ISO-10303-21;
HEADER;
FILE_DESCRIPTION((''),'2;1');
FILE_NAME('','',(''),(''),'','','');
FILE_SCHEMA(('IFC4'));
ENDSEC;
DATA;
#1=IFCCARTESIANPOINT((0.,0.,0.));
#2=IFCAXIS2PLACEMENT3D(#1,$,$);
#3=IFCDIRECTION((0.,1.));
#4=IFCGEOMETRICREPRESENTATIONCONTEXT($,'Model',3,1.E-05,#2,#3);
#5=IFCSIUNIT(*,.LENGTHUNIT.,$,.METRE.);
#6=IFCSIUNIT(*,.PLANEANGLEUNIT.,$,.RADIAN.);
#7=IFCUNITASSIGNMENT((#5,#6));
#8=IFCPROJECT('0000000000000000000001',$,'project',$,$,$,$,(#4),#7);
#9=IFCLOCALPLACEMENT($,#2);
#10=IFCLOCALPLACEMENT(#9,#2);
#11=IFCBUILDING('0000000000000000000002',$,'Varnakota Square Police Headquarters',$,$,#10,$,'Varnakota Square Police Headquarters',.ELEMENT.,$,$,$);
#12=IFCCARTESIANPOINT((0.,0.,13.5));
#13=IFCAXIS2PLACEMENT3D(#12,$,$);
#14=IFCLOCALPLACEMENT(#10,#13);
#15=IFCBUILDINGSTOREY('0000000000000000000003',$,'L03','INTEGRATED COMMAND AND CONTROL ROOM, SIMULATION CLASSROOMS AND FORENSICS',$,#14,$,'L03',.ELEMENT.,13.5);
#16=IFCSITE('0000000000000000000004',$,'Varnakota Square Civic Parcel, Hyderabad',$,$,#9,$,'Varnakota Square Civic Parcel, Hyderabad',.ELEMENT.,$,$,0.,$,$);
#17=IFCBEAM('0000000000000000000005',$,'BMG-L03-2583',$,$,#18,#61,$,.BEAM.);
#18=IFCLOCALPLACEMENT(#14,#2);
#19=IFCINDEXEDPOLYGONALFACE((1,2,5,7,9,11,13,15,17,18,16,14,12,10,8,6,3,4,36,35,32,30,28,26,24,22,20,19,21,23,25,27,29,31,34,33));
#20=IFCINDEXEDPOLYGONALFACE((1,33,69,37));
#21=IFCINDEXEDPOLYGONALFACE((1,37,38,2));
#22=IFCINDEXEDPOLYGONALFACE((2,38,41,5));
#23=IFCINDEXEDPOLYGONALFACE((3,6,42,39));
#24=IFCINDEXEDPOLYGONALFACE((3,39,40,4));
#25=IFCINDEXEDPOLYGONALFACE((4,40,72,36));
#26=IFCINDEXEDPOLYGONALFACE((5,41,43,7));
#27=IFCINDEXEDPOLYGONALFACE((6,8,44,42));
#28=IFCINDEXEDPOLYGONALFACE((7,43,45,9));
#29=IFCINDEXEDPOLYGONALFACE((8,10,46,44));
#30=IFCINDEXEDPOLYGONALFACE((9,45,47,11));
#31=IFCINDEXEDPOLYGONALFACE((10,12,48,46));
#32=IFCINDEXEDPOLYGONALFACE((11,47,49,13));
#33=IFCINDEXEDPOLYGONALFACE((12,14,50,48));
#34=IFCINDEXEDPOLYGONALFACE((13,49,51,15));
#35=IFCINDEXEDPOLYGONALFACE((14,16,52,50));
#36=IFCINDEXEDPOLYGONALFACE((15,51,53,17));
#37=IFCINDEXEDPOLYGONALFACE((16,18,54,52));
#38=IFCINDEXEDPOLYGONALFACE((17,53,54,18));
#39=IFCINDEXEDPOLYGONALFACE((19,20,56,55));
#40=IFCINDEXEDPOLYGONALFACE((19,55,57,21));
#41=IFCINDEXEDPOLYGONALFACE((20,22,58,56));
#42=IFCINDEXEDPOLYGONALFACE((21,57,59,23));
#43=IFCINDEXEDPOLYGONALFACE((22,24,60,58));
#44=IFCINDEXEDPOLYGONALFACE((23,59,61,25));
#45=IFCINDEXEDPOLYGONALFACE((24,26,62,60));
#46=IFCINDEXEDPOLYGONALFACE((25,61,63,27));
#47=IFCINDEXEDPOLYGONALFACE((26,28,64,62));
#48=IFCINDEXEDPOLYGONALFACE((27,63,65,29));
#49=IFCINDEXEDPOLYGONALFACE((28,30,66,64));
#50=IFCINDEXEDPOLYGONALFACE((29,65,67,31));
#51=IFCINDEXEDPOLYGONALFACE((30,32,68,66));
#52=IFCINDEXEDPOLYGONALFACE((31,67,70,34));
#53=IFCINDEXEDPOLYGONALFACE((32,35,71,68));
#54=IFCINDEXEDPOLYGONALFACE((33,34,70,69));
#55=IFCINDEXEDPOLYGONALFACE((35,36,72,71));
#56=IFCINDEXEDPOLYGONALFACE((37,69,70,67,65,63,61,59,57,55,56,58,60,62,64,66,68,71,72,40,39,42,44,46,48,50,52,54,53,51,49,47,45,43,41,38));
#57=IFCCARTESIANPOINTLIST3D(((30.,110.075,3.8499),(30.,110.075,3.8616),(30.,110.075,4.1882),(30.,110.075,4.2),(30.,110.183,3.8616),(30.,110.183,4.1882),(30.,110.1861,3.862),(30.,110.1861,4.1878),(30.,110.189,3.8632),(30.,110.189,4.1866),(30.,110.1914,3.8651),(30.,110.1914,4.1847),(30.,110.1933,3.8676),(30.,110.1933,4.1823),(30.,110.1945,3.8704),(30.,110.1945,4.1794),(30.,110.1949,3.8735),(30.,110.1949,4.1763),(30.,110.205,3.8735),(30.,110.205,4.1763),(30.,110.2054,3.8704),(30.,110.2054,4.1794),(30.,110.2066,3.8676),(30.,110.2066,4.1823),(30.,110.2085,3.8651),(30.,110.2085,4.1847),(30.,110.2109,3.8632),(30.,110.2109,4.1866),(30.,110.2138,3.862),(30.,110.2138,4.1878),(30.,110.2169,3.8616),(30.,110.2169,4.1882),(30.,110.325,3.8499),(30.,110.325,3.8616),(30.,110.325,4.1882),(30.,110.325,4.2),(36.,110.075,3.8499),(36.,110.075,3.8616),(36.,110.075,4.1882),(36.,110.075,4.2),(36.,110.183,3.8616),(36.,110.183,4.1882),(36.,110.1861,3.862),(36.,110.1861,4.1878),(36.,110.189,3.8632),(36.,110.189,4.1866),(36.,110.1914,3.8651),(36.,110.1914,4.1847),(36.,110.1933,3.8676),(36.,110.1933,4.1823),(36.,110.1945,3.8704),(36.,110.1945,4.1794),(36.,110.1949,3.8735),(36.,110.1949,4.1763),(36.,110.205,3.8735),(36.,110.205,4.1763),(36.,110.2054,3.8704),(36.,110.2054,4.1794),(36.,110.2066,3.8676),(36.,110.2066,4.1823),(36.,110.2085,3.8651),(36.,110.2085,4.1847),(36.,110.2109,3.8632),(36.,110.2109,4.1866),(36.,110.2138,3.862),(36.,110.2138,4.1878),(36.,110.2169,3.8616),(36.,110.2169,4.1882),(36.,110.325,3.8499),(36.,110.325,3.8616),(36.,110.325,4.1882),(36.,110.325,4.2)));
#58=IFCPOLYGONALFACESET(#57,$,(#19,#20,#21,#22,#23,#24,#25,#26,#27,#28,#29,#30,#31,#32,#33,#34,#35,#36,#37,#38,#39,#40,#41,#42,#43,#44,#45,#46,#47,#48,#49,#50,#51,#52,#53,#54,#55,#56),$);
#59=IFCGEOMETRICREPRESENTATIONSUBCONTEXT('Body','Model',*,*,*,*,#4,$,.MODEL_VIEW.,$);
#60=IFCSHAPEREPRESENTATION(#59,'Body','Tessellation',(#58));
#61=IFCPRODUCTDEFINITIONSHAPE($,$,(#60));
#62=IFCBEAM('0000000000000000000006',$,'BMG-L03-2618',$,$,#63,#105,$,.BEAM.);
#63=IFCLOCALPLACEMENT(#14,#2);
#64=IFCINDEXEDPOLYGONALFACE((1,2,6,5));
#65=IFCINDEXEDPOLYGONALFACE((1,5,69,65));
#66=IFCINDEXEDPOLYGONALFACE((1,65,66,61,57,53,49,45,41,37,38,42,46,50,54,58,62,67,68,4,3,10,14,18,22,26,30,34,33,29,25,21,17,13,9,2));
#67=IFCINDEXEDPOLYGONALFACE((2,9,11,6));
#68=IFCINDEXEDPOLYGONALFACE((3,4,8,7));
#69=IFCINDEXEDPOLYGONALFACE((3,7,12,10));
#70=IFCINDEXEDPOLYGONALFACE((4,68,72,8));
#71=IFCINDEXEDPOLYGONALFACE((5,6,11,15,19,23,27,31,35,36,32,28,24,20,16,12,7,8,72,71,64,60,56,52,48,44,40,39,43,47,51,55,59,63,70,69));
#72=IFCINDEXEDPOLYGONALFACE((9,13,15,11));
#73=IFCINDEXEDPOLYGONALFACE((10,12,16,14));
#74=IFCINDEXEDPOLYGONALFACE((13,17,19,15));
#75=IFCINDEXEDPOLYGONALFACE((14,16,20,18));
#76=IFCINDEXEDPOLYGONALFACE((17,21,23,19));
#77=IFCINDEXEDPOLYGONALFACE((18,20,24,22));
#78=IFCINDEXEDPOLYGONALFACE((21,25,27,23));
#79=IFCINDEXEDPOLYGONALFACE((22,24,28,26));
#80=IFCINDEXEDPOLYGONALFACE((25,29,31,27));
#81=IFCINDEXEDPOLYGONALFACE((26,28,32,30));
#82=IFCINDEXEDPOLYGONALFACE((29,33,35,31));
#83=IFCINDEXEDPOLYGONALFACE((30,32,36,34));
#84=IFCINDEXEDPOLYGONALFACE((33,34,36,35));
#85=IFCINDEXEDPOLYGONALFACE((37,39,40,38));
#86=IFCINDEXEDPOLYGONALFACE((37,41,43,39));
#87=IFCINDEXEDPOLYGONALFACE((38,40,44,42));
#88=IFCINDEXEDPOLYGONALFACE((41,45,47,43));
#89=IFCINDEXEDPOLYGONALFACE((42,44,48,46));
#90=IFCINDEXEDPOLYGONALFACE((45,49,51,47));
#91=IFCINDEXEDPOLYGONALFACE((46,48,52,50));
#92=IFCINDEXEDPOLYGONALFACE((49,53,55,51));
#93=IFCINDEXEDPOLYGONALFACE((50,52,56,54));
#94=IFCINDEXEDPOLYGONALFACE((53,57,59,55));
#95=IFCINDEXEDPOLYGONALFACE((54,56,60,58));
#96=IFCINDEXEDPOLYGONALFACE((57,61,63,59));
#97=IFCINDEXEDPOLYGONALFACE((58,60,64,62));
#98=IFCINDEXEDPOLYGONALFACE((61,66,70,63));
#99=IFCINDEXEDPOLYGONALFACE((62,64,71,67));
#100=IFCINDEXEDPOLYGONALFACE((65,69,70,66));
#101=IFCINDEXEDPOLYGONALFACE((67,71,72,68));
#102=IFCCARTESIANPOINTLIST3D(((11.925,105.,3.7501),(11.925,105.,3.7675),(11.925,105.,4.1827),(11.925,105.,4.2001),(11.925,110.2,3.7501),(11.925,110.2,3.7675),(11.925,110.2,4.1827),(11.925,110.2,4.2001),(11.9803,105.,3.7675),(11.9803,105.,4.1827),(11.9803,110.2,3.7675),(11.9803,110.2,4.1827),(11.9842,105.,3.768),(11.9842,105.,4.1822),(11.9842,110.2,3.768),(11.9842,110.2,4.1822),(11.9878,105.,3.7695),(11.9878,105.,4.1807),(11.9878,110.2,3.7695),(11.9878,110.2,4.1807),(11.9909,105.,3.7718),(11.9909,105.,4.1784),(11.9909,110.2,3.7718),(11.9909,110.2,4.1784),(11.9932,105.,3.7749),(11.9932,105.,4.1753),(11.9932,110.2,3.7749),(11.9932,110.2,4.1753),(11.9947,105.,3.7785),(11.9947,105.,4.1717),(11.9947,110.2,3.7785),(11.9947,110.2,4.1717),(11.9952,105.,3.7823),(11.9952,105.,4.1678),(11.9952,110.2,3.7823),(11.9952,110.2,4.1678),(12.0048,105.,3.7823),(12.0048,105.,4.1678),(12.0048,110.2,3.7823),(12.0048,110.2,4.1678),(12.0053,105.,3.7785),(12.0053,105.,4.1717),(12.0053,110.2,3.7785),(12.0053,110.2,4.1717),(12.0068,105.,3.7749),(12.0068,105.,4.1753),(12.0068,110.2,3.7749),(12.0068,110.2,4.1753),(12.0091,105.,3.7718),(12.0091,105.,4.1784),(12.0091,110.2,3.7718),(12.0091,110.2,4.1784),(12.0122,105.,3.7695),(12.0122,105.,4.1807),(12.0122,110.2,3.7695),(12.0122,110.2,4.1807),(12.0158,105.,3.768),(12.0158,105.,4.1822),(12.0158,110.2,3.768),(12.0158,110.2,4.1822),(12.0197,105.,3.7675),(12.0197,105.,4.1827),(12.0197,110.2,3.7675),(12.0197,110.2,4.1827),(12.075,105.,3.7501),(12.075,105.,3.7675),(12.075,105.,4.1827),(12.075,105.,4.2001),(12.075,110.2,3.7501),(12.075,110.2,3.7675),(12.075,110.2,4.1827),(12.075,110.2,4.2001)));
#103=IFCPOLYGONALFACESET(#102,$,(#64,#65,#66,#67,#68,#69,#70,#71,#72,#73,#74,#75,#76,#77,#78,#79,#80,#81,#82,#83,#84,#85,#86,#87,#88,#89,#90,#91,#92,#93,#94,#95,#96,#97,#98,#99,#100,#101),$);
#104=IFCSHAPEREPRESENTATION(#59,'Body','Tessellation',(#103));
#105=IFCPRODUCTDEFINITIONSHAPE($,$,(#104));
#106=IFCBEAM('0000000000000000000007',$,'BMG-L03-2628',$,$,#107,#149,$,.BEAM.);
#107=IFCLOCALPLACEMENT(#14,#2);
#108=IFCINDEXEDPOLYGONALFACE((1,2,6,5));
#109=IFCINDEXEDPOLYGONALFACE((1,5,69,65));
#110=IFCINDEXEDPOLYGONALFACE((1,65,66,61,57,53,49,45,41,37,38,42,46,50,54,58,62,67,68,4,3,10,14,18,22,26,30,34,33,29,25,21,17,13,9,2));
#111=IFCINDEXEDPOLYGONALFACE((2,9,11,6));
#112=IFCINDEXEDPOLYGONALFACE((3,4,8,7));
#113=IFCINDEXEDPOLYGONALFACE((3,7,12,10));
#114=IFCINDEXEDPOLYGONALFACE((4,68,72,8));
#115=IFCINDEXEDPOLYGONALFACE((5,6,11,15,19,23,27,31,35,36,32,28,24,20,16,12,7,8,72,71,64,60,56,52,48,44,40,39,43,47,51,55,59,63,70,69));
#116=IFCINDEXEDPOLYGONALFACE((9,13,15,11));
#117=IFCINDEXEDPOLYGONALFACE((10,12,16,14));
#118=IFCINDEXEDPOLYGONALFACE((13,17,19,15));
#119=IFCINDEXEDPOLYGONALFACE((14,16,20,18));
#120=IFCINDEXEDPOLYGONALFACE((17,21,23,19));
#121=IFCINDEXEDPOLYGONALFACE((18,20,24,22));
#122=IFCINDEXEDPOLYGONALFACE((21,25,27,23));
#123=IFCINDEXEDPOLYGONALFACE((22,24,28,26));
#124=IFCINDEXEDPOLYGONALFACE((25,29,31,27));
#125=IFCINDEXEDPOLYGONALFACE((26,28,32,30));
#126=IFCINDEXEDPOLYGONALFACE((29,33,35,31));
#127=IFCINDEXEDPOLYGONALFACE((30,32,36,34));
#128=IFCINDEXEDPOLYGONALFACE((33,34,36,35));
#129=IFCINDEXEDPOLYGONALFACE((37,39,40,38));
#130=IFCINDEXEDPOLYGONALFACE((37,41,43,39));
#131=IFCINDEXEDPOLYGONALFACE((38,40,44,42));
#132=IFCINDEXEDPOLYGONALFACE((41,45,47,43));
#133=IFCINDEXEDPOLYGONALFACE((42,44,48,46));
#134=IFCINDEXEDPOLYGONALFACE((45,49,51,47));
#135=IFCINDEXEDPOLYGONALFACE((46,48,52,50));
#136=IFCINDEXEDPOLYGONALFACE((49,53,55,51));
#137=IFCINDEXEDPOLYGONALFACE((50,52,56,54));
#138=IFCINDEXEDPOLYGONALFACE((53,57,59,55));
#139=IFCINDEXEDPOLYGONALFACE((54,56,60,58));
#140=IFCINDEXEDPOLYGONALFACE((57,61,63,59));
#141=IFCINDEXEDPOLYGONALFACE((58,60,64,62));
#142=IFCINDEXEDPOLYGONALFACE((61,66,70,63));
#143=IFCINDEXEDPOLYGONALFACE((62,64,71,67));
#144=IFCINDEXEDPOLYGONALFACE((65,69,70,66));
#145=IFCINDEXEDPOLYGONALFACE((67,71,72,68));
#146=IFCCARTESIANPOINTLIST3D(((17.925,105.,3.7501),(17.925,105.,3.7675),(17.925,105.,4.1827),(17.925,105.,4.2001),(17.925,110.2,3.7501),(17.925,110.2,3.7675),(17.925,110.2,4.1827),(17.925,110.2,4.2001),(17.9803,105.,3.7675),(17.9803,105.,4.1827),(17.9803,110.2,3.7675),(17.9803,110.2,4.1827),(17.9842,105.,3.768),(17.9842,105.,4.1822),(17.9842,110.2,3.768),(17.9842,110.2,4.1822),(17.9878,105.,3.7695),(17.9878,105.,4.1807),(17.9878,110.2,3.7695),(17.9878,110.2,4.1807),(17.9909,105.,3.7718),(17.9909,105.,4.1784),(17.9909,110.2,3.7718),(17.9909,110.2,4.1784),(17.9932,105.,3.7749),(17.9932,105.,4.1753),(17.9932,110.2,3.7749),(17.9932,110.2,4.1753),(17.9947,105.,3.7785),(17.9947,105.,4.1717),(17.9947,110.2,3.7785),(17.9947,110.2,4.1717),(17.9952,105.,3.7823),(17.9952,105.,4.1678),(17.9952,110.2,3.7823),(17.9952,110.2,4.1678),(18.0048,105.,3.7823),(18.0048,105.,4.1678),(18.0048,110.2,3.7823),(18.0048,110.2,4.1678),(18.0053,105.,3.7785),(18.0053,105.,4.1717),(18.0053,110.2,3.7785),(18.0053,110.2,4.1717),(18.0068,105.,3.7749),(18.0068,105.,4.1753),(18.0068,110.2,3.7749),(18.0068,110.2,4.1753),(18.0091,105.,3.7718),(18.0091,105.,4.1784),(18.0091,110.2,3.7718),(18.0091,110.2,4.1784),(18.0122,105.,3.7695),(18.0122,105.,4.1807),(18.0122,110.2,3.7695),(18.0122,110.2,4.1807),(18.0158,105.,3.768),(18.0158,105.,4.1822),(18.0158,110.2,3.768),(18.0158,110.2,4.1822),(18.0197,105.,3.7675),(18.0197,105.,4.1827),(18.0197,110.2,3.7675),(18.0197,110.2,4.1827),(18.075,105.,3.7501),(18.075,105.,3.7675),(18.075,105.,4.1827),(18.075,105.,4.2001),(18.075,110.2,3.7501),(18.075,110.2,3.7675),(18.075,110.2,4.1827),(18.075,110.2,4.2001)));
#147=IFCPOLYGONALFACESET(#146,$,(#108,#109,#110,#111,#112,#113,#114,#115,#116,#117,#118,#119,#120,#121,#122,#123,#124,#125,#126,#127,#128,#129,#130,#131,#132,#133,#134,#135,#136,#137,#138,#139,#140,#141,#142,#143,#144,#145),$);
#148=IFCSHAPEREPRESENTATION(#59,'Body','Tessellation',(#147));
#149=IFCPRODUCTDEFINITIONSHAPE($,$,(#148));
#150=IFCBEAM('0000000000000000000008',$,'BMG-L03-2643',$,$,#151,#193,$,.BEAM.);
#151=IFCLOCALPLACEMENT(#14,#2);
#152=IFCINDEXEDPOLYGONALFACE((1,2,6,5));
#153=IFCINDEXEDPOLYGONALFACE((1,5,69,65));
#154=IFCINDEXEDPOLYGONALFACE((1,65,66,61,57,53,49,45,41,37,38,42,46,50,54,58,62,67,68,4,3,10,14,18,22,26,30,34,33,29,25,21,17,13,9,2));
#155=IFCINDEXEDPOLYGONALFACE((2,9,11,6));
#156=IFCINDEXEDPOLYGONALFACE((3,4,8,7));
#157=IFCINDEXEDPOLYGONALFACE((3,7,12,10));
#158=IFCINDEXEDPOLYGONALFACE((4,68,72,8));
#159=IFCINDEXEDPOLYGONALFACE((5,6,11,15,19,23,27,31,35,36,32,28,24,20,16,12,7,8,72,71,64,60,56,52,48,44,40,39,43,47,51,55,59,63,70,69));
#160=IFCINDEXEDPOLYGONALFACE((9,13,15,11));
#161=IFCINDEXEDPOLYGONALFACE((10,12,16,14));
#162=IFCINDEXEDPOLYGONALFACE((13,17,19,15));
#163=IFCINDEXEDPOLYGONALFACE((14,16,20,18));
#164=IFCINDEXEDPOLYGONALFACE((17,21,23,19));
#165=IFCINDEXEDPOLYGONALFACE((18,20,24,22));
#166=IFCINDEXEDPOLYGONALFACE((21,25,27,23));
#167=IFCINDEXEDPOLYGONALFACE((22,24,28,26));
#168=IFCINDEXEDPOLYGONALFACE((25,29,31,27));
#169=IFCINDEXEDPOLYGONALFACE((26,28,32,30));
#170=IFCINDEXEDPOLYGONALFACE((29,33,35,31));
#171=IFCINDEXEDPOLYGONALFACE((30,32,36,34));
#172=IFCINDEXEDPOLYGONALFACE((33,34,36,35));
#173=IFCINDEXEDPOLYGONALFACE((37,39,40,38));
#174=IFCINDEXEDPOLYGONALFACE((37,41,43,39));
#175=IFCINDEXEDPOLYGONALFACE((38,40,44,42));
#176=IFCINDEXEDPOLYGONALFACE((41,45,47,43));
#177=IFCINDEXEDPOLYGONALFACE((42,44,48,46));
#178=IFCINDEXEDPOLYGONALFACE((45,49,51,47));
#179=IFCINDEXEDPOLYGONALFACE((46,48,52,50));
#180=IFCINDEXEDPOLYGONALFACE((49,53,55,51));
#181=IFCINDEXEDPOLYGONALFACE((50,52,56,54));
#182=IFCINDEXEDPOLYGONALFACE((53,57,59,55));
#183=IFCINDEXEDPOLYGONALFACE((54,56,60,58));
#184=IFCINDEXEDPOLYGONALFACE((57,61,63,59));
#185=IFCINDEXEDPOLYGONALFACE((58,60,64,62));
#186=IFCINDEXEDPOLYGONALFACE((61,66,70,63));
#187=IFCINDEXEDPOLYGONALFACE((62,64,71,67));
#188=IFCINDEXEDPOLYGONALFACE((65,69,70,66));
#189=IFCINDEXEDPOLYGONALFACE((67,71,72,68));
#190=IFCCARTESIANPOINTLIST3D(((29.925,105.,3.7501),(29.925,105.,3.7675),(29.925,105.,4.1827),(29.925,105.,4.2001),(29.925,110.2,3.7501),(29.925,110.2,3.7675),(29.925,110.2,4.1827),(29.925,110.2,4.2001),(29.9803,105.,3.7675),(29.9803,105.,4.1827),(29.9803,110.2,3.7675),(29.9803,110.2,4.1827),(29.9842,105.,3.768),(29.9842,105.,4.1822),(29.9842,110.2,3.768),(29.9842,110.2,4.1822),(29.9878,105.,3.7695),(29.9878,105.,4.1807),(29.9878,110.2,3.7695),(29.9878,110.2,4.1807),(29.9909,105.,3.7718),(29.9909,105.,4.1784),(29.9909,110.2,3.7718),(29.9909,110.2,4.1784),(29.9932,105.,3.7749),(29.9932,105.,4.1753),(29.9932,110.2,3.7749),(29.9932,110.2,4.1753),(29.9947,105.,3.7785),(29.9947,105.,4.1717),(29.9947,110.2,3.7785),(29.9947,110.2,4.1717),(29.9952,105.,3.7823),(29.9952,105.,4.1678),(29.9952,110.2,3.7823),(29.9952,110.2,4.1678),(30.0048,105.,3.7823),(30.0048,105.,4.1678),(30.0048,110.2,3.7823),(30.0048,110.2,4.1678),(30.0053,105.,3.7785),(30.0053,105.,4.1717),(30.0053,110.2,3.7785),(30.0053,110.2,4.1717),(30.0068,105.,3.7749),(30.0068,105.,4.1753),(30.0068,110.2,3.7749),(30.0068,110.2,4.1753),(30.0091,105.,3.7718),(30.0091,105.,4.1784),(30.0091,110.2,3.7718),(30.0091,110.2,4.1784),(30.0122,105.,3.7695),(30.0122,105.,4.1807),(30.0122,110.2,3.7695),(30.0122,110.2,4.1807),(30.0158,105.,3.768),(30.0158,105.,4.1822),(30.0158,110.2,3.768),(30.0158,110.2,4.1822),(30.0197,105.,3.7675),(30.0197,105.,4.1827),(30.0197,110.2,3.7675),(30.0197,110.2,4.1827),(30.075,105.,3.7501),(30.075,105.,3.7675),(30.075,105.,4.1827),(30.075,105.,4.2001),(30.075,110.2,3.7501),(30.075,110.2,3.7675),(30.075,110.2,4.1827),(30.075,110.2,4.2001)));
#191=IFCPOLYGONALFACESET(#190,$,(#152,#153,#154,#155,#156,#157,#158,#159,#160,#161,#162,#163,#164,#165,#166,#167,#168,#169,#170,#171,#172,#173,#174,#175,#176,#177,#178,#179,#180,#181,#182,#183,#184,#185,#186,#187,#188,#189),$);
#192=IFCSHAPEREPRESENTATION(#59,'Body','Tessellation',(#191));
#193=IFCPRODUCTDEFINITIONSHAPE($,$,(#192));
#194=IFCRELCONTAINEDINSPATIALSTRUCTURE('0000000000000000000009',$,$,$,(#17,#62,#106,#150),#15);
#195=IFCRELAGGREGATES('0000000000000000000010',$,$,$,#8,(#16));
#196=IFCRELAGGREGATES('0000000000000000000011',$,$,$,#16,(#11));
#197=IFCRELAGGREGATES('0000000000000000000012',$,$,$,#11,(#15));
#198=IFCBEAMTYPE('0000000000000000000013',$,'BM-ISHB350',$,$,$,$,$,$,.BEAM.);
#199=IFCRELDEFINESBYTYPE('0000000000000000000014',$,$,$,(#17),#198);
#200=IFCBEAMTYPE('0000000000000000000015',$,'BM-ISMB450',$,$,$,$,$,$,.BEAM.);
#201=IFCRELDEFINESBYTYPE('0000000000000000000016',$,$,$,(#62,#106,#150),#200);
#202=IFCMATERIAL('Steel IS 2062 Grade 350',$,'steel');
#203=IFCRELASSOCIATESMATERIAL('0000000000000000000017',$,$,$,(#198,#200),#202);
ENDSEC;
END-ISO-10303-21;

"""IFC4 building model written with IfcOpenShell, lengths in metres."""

from ifc_helpers import new_model, si_unit, direction, frame, origin, origin_2d, place, context, subcontext, project, spatial, i_section, extrude, material, material_profile, profile_set, type_object, element, save


model = new_model("IFC4")

# Units and contexts
model_context = context("Model", 3, precision=1e-05, world=origin(), true_north=direction((0.0, 1.0)))
body_context = subcontext(model_context, "Body", "Model", "MODEL_VIEW")
ifc_project = project(units=[si_unit("LENGTHUNIT", "METRE"), si_unit("PLANEANGLEUNIT", "RADIAN")], contexts=[model_context])

# Site, building, storey
site_placement = place(None, origin())
site = spatial("IfcSite", under=ifc_project, at=site_placement, Name="Varnakota Square Civic Parcel, Hyderabad", LongName="Varnakota Square Civic Parcel, Hyderabad", CompositionType="ELEMENT", RefElevation=0.0)
building_placement = place(site_placement, origin())
building = spatial("IfcBuilding", under=site, at=building_placement, Name="Varnakota Square Police Headquarters", LongName="Varnakota Square Police Headquarters", CompositionType="ELEMENT")
storey_placement = place(building_placement, frame((0.0, 0.0, 13.5)))
storey = spatial("IfcBuildingStorey", under=building, at=storey_placement, Name="L03", Description="INTEGRATED COMMAND AND CONTROL ROOM, SIMULATION CLASSROOMS AND FORENSICS", LongName="L03", CompositionType="ELEMENT", Elevation=13.5)

# Shared definitions
ifc_material_1 = material(Name="Steel IS 2062 Grade 350", Category="steel")

# Beams
ifc_material_profile_1 = material_profile(ifc_material_1, i_section(OverallWidth=0.25, OverallDepth=0.3501, WebThickness=0.01, FlangeThickness=0.0117, FilletRadius=0.012, at=origin_2d()), Name="ISHB 350")
ifc_profile_set_1 = profile_set([ifc_material_profile_1], Name="Steel IS 2062 Grade 350")
beam_type_1 = type_object("IfcBeamType", Name="BM-ISHB350", PredefinedType="BEAM", material=ifc_profile_set_1)
for number, where, z_axis, x_axis, name in (
    (1, (30.0, 110.2, 4.0249), (1.0, 0.0, 0.0), (0.0, 1.0, 0.0), "BMG-L03-2583"),
):
    element("IfcBeam", number, at=place(storey_placement, frame(where, z_axis=z_axis, x_axis=x_axis)), inside=storey, type_object=beam_type_1, Name=name, PredefinedType="BEAM", context=body_context, shape_type="SweptSolid", body=[
        extrude(i_section(OverallWidth=0.25, OverallDepth=0.3501, WebThickness=0.01, FlangeThickness=0.0117, FilletRadius=0.012, at=origin_2d()), origin(), (0.0, 0.0, 1.0), 6.0),
    ])
ifc_material_profile_2 = material_profile(ifc_material_1, i_section(OverallWidth=0.1499, OverallDepth=0.45, WebThickness=0.0095, FlangeThickness=0.0173, FilletRadius=0.0149, at=origin_2d()), Name="ISMB 450")
ifc_profile_set_2 = profile_set([ifc_material_profile_2], Name="Steel IS 2062 Grade 350")
beam_type_2 = type_object("IfcBeamType", Name="BM-ISMB450", PredefinedType="BEAM", material=ifc_profile_set_2)
for number, where, z_axis, x_axis, name in (
    (2, (12.0, 105.0, 3.9751), (0.0, 1.0, 0.0), (-1.0, 0.0, 0.0), "BMG-L03-2618"),
    (3, (18.0, 105.0, 3.9751), (0.0, 1.0, 0.0), (-1.0, 0.0, 0.0), "BMG-L03-2628"),
    (4, (30.0, 105.0, 3.9751), (0.0, 1.0, 0.0), (-1.0, 0.0, 0.0), "BMG-L03-2643"),
):
    element("IfcBeam", number, at=place(storey_placement, frame(where, z_axis=z_axis, x_axis=x_axis)), inside=storey, type_object=beam_type_2, Name=name, PredefinedType="BEAM", context=body_context, shape_type="SweptSolid", body=[
        extrude(i_section(OverallWidth=0.1499, OverallDepth=0.45, WebThickness=0.0095, FlangeThickness=0.0173, FilletRadius=0.0149, at=origin_2d()), origin(), (0.0, 0.0, 1.0), 5.2),
    ])

save(model, "model.ifc")
